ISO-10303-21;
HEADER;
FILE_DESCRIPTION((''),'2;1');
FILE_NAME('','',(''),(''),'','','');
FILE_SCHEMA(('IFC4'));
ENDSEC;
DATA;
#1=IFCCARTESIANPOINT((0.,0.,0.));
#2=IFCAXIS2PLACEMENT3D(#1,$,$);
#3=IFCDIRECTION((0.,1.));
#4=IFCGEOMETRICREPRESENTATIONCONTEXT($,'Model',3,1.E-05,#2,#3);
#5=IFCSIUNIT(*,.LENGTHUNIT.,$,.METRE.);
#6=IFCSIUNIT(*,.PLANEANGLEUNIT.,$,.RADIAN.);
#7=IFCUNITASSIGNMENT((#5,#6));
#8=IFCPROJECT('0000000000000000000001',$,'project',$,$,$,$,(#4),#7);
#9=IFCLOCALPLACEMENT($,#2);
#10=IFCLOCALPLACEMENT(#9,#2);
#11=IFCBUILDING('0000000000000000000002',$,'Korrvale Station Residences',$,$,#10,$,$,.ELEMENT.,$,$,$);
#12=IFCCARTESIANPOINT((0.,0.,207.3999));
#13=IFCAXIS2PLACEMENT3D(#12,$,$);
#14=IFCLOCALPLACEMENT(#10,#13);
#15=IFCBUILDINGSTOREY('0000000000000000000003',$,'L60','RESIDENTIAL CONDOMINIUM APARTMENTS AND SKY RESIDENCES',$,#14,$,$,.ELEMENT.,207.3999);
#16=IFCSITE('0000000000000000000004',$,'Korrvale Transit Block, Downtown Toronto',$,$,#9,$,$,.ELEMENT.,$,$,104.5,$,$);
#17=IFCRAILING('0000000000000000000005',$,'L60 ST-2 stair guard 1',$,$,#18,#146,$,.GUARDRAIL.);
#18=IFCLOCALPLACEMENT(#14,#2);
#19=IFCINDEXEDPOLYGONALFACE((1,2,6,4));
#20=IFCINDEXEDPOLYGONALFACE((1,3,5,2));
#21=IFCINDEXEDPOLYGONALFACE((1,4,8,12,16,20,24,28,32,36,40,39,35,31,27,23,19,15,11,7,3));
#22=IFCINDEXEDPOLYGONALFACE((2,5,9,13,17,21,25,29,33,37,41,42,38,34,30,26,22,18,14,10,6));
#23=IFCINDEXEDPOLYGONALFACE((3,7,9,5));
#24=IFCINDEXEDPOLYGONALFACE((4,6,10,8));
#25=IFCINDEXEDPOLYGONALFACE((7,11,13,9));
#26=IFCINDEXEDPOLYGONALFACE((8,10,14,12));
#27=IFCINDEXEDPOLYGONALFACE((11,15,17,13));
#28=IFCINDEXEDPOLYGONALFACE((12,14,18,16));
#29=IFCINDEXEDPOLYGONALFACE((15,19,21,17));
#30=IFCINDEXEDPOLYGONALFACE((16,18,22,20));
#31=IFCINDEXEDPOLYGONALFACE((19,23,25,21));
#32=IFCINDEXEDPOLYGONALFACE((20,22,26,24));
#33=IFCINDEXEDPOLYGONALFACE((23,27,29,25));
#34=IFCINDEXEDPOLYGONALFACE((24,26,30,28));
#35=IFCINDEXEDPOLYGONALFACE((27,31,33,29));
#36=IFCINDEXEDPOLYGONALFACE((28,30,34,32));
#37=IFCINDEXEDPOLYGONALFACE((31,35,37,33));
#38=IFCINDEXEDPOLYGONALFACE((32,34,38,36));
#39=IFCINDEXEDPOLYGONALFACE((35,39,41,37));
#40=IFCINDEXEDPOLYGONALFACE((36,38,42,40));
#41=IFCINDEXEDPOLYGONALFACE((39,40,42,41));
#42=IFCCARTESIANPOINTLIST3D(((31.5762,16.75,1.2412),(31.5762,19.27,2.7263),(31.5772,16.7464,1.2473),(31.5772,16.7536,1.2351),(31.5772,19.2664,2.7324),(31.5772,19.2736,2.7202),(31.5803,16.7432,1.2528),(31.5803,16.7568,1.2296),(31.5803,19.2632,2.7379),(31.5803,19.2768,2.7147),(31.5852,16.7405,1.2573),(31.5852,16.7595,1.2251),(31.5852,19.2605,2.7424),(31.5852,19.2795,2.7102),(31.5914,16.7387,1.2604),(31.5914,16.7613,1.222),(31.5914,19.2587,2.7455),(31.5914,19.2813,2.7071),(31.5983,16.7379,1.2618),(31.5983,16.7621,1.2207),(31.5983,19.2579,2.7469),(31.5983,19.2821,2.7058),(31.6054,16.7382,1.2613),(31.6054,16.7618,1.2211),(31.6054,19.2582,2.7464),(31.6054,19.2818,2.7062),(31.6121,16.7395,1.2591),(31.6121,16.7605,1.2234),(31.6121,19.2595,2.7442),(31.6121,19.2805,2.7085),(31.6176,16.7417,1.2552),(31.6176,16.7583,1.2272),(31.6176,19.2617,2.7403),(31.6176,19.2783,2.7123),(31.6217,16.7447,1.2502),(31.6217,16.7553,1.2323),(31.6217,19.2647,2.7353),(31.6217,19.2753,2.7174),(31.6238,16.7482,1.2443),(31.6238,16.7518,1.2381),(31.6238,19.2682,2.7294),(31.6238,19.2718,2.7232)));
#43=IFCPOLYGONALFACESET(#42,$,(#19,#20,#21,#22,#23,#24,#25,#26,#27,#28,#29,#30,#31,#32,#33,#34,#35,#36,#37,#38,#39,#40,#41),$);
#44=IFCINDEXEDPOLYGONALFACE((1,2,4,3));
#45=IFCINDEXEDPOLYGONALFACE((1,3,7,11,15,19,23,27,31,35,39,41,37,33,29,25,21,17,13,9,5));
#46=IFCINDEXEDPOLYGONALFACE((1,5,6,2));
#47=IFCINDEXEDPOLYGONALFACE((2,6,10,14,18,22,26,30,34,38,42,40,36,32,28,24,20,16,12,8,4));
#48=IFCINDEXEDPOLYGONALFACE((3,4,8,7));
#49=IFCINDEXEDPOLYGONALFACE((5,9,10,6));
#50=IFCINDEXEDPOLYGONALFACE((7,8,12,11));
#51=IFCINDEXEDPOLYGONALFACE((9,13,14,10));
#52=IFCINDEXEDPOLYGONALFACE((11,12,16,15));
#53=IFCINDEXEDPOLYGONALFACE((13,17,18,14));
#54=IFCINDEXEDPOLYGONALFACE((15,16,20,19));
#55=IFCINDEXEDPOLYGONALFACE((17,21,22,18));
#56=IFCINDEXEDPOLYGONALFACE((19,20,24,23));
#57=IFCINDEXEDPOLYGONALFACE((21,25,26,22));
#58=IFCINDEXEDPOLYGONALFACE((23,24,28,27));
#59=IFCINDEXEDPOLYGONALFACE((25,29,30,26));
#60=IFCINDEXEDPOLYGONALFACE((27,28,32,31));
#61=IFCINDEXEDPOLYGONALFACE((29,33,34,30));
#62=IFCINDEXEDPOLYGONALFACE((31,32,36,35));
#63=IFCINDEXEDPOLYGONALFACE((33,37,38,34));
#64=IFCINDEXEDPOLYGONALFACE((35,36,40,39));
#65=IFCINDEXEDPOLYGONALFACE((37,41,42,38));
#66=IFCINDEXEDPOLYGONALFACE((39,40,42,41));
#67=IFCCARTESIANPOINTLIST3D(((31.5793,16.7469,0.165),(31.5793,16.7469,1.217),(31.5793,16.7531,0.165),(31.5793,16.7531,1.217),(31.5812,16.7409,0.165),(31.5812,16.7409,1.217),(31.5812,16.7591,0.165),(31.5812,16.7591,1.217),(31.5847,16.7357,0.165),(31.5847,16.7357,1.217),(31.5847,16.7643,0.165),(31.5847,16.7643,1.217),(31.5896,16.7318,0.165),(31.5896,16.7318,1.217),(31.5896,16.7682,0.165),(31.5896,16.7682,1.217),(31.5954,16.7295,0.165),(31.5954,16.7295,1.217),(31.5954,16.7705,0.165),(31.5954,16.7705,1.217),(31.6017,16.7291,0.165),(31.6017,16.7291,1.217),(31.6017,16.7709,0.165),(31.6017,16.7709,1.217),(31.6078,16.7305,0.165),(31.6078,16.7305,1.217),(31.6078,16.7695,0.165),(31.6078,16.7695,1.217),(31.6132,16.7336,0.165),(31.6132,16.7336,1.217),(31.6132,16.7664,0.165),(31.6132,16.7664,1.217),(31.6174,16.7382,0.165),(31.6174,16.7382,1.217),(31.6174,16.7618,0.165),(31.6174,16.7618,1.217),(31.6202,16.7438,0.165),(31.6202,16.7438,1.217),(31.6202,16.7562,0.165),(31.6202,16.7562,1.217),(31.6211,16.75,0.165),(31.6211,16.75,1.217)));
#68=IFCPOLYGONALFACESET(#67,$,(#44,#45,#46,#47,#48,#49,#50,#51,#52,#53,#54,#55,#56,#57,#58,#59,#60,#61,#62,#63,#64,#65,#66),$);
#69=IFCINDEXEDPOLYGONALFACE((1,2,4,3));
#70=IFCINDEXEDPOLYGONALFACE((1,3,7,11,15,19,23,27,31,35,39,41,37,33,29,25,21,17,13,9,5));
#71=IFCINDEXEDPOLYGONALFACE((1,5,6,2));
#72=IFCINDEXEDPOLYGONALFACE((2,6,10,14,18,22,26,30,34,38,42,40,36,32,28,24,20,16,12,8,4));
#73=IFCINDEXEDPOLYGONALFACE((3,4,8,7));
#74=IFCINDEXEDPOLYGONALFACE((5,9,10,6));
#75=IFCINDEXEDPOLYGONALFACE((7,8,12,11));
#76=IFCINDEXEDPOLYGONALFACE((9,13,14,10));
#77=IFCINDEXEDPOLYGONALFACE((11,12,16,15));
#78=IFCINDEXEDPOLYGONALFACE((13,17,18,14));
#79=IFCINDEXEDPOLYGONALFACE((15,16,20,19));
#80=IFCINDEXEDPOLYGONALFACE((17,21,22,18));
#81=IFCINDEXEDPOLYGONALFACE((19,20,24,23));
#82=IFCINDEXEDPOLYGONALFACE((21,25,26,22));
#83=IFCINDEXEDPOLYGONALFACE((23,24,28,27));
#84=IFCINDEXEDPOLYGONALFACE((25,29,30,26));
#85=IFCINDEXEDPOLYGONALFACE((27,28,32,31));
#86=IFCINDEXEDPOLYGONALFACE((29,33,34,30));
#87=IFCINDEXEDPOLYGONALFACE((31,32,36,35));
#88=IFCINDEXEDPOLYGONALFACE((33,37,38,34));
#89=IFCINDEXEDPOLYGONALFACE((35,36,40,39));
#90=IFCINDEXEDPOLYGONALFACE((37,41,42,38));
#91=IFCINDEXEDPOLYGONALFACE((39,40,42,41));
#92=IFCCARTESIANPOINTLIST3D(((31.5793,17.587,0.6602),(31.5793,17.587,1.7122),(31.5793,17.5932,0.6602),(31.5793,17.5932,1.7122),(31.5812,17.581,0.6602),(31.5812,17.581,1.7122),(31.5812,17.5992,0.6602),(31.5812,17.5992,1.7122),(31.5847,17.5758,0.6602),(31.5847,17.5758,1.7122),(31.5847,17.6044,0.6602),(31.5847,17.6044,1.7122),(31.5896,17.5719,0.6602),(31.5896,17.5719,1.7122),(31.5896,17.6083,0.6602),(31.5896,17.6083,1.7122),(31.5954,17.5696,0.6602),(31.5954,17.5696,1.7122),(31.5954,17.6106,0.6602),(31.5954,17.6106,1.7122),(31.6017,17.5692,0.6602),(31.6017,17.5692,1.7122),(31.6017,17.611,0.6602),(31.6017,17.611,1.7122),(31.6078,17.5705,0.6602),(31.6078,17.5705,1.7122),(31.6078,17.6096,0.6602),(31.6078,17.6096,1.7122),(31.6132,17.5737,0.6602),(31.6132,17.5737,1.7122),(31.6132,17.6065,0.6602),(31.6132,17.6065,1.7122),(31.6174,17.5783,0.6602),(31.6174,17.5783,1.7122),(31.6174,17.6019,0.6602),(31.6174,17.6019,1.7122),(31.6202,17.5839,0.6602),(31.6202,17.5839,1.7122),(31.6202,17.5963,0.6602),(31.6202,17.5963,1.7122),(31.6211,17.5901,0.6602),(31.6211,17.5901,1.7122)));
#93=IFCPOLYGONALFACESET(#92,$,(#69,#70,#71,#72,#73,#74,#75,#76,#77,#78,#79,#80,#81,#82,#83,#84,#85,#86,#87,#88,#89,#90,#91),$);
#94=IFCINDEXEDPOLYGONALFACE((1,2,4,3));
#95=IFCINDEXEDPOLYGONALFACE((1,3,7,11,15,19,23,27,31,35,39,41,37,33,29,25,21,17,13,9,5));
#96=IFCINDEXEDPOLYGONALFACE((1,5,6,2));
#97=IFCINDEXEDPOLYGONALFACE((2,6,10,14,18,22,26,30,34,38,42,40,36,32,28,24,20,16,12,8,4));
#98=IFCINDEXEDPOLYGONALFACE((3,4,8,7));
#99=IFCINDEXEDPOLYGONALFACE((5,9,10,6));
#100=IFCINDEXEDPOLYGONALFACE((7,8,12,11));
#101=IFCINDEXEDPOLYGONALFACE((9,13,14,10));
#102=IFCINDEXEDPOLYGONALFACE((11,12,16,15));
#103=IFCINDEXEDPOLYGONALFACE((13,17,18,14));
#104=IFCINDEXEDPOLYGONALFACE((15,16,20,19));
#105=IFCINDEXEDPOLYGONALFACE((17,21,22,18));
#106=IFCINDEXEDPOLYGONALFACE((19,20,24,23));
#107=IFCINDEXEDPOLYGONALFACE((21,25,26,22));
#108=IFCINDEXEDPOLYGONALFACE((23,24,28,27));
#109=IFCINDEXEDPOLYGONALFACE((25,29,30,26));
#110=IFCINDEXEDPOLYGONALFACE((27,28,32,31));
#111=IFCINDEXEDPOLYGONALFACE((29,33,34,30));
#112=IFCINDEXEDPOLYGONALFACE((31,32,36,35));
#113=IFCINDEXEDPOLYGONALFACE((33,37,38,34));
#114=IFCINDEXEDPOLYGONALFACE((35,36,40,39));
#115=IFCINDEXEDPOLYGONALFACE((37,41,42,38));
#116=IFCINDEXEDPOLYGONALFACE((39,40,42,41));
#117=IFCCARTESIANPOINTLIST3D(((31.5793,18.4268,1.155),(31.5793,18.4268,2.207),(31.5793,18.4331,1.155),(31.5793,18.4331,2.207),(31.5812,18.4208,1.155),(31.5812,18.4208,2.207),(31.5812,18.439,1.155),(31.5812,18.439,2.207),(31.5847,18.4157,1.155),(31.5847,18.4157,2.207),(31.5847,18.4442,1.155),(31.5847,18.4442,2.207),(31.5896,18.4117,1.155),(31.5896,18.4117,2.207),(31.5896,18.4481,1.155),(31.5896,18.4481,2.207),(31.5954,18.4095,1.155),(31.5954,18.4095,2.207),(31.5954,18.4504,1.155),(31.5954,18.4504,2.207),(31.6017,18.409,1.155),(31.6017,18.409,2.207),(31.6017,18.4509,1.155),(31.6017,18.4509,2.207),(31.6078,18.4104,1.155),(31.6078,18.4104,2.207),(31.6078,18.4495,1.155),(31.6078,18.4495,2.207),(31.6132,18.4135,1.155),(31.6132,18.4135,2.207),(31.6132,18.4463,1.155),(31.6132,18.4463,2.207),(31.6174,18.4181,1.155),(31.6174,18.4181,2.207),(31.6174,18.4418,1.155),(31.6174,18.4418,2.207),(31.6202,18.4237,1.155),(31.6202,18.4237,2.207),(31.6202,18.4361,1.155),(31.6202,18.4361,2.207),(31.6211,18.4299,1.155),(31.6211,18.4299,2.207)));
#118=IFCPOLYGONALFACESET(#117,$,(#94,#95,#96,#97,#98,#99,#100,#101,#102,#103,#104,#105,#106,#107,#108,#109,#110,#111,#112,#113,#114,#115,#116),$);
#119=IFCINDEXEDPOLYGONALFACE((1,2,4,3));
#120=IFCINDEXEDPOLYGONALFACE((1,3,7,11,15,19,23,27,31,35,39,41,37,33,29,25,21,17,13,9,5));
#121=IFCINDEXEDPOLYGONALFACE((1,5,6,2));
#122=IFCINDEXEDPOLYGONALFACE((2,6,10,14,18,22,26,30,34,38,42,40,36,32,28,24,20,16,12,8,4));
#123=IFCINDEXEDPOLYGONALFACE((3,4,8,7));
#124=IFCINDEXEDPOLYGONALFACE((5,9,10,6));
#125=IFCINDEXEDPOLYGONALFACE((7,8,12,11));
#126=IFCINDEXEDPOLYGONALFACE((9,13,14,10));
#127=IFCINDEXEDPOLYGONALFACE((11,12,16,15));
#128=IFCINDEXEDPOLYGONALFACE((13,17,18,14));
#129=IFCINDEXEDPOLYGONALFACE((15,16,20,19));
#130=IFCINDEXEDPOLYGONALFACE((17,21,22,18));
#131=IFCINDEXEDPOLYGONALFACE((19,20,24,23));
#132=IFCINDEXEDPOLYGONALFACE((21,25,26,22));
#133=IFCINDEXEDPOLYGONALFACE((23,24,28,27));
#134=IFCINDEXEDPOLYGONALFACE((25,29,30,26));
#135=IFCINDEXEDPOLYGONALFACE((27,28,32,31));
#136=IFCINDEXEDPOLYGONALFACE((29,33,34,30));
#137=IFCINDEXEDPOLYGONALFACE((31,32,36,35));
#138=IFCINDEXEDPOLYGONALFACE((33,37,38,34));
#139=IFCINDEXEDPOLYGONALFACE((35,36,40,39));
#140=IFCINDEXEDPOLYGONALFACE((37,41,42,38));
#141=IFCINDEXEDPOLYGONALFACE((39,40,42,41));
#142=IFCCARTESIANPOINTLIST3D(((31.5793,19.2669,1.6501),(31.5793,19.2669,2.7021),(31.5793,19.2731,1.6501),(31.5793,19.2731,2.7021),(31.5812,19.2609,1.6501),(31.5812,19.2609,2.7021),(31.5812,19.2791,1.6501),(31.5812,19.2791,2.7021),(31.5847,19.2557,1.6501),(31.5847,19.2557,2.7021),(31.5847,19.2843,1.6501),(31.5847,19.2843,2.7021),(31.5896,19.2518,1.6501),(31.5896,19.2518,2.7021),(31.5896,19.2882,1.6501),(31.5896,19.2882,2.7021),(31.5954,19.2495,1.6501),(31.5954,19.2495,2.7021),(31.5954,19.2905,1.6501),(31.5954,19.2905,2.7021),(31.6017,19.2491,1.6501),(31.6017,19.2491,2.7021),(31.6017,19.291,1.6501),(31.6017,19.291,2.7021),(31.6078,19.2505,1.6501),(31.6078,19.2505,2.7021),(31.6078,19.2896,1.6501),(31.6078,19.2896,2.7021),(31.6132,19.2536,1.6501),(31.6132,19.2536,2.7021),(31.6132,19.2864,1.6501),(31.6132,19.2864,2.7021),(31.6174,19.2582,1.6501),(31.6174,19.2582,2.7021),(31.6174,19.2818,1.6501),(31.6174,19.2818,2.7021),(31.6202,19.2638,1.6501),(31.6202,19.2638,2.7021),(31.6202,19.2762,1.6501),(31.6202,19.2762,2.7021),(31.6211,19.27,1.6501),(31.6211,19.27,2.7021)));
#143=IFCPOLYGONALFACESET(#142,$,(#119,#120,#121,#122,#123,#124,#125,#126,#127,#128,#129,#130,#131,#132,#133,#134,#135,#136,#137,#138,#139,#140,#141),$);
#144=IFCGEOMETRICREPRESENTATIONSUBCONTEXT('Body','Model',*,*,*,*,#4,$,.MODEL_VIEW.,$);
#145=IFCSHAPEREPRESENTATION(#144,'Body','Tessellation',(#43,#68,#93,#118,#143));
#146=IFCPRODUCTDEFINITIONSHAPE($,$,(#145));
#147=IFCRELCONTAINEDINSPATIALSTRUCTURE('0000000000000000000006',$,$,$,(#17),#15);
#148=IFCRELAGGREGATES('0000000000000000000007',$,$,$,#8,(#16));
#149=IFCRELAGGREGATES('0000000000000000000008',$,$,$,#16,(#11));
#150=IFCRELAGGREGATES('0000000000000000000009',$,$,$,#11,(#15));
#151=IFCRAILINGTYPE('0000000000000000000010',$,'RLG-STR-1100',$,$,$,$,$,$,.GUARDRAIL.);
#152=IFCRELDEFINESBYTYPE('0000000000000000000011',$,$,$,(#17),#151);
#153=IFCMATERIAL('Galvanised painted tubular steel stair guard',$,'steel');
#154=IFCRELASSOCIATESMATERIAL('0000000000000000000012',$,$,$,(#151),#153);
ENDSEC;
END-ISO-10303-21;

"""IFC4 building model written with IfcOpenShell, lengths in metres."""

from ifc_helpers import new_model, si_unit, direction, frame, origin, origin_2d, place, context, subcontext, project, spatial, circle, extrude, material, type_object, element, save


model = new_model("IFC4")

# Units and contexts
model_context = context("Model", 3, precision=1e-05, world=origin(), true_north=direction((0.0, 1.0)))
body_context = subcontext(model_context, "Body", "Model", "MODEL_VIEW")
ifc_project = project(units=[si_unit("LENGTHUNIT", "METRE"), si_unit("PLANEANGLEUNIT", "RADIAN")], contexts=[model_context])

# Site, building, storey
site_placement = place(None, origin())
site = spatial("IfcSite", under=ifc_project, at=site_placement, Name="Korrvale Transit Block, Downtown Toronto", CompositionType="ELEMENT", RefElevation=104.5)
building_placement = place(site_placement, origin())
building = spatial("IfcBuilding", under=site, at=building_placement, Name="Korrvale Station Residences", CompositionType="ELEMENT")
storey_placement = place(building_placement, frame((0.0, 0.0, 207.3999)))
storey = spatial("IfcBuildingStorey", under=building, at=storey_placement, Name="L60", Description="RESIDENTIAL CONDOMINIUM APARTMENTS AND SKY RESIDENCES", CompositionType="ELEMENT", Elevation=207.3999)

# Railing
ifc_material_1 = material(Name="Galvanised painted tubular steel stair guard", Category="steel")
railing_type_1 = type_object("IfcRailingType", Name="RLG-STR-1100", PredefinedType="GUARDRAIL", material=ifc_material_1)
railing_1_placement = place(storey_placement, frame((31.6001, 16.75, 0.165)))
element("IfcRailing", 1, at=railing_1_placement, inside=storey, type_object=railing_type_1, Name="L60 ST-2 stair guard 1", PredefinedType="GUARDRAIL", context=body_context, shape_type="SweptSolid", body=[
    extrude(circle(Radius=0.0239, at=origin_2d()), frame((0.0, 0.0, 1.0762), z_axis=(0.0, 0.861524, 0.507717), x_axis=(-1.0, 0.0, 0.0)), (0.0, 0.0, 1.0), 2.925),
    extrude(circle(Radius=0.021, at=origin_2d()), origin(), (0.0, 0.0, 1.0), 1.052),
    extrude(circle(Radius=0.021, at=origin_2d()), frame((0.0, 0.8401, 0.4951)), (0.0, 0.0, 1.0), 1.052),
    extrude(circle(Radius=0.021, at=origin_2d()), frame((0.0, 1.6799, 0.99)), (0.0, 0.0, 1.0), 1.052),
    extrude(circle(Radius=0.021, at=origin_2d()), frame((0.0, 2.52, 1.4851)), (0.0, 0.0, 1.0), 1.052),
])

save(model, "model.ifc")
